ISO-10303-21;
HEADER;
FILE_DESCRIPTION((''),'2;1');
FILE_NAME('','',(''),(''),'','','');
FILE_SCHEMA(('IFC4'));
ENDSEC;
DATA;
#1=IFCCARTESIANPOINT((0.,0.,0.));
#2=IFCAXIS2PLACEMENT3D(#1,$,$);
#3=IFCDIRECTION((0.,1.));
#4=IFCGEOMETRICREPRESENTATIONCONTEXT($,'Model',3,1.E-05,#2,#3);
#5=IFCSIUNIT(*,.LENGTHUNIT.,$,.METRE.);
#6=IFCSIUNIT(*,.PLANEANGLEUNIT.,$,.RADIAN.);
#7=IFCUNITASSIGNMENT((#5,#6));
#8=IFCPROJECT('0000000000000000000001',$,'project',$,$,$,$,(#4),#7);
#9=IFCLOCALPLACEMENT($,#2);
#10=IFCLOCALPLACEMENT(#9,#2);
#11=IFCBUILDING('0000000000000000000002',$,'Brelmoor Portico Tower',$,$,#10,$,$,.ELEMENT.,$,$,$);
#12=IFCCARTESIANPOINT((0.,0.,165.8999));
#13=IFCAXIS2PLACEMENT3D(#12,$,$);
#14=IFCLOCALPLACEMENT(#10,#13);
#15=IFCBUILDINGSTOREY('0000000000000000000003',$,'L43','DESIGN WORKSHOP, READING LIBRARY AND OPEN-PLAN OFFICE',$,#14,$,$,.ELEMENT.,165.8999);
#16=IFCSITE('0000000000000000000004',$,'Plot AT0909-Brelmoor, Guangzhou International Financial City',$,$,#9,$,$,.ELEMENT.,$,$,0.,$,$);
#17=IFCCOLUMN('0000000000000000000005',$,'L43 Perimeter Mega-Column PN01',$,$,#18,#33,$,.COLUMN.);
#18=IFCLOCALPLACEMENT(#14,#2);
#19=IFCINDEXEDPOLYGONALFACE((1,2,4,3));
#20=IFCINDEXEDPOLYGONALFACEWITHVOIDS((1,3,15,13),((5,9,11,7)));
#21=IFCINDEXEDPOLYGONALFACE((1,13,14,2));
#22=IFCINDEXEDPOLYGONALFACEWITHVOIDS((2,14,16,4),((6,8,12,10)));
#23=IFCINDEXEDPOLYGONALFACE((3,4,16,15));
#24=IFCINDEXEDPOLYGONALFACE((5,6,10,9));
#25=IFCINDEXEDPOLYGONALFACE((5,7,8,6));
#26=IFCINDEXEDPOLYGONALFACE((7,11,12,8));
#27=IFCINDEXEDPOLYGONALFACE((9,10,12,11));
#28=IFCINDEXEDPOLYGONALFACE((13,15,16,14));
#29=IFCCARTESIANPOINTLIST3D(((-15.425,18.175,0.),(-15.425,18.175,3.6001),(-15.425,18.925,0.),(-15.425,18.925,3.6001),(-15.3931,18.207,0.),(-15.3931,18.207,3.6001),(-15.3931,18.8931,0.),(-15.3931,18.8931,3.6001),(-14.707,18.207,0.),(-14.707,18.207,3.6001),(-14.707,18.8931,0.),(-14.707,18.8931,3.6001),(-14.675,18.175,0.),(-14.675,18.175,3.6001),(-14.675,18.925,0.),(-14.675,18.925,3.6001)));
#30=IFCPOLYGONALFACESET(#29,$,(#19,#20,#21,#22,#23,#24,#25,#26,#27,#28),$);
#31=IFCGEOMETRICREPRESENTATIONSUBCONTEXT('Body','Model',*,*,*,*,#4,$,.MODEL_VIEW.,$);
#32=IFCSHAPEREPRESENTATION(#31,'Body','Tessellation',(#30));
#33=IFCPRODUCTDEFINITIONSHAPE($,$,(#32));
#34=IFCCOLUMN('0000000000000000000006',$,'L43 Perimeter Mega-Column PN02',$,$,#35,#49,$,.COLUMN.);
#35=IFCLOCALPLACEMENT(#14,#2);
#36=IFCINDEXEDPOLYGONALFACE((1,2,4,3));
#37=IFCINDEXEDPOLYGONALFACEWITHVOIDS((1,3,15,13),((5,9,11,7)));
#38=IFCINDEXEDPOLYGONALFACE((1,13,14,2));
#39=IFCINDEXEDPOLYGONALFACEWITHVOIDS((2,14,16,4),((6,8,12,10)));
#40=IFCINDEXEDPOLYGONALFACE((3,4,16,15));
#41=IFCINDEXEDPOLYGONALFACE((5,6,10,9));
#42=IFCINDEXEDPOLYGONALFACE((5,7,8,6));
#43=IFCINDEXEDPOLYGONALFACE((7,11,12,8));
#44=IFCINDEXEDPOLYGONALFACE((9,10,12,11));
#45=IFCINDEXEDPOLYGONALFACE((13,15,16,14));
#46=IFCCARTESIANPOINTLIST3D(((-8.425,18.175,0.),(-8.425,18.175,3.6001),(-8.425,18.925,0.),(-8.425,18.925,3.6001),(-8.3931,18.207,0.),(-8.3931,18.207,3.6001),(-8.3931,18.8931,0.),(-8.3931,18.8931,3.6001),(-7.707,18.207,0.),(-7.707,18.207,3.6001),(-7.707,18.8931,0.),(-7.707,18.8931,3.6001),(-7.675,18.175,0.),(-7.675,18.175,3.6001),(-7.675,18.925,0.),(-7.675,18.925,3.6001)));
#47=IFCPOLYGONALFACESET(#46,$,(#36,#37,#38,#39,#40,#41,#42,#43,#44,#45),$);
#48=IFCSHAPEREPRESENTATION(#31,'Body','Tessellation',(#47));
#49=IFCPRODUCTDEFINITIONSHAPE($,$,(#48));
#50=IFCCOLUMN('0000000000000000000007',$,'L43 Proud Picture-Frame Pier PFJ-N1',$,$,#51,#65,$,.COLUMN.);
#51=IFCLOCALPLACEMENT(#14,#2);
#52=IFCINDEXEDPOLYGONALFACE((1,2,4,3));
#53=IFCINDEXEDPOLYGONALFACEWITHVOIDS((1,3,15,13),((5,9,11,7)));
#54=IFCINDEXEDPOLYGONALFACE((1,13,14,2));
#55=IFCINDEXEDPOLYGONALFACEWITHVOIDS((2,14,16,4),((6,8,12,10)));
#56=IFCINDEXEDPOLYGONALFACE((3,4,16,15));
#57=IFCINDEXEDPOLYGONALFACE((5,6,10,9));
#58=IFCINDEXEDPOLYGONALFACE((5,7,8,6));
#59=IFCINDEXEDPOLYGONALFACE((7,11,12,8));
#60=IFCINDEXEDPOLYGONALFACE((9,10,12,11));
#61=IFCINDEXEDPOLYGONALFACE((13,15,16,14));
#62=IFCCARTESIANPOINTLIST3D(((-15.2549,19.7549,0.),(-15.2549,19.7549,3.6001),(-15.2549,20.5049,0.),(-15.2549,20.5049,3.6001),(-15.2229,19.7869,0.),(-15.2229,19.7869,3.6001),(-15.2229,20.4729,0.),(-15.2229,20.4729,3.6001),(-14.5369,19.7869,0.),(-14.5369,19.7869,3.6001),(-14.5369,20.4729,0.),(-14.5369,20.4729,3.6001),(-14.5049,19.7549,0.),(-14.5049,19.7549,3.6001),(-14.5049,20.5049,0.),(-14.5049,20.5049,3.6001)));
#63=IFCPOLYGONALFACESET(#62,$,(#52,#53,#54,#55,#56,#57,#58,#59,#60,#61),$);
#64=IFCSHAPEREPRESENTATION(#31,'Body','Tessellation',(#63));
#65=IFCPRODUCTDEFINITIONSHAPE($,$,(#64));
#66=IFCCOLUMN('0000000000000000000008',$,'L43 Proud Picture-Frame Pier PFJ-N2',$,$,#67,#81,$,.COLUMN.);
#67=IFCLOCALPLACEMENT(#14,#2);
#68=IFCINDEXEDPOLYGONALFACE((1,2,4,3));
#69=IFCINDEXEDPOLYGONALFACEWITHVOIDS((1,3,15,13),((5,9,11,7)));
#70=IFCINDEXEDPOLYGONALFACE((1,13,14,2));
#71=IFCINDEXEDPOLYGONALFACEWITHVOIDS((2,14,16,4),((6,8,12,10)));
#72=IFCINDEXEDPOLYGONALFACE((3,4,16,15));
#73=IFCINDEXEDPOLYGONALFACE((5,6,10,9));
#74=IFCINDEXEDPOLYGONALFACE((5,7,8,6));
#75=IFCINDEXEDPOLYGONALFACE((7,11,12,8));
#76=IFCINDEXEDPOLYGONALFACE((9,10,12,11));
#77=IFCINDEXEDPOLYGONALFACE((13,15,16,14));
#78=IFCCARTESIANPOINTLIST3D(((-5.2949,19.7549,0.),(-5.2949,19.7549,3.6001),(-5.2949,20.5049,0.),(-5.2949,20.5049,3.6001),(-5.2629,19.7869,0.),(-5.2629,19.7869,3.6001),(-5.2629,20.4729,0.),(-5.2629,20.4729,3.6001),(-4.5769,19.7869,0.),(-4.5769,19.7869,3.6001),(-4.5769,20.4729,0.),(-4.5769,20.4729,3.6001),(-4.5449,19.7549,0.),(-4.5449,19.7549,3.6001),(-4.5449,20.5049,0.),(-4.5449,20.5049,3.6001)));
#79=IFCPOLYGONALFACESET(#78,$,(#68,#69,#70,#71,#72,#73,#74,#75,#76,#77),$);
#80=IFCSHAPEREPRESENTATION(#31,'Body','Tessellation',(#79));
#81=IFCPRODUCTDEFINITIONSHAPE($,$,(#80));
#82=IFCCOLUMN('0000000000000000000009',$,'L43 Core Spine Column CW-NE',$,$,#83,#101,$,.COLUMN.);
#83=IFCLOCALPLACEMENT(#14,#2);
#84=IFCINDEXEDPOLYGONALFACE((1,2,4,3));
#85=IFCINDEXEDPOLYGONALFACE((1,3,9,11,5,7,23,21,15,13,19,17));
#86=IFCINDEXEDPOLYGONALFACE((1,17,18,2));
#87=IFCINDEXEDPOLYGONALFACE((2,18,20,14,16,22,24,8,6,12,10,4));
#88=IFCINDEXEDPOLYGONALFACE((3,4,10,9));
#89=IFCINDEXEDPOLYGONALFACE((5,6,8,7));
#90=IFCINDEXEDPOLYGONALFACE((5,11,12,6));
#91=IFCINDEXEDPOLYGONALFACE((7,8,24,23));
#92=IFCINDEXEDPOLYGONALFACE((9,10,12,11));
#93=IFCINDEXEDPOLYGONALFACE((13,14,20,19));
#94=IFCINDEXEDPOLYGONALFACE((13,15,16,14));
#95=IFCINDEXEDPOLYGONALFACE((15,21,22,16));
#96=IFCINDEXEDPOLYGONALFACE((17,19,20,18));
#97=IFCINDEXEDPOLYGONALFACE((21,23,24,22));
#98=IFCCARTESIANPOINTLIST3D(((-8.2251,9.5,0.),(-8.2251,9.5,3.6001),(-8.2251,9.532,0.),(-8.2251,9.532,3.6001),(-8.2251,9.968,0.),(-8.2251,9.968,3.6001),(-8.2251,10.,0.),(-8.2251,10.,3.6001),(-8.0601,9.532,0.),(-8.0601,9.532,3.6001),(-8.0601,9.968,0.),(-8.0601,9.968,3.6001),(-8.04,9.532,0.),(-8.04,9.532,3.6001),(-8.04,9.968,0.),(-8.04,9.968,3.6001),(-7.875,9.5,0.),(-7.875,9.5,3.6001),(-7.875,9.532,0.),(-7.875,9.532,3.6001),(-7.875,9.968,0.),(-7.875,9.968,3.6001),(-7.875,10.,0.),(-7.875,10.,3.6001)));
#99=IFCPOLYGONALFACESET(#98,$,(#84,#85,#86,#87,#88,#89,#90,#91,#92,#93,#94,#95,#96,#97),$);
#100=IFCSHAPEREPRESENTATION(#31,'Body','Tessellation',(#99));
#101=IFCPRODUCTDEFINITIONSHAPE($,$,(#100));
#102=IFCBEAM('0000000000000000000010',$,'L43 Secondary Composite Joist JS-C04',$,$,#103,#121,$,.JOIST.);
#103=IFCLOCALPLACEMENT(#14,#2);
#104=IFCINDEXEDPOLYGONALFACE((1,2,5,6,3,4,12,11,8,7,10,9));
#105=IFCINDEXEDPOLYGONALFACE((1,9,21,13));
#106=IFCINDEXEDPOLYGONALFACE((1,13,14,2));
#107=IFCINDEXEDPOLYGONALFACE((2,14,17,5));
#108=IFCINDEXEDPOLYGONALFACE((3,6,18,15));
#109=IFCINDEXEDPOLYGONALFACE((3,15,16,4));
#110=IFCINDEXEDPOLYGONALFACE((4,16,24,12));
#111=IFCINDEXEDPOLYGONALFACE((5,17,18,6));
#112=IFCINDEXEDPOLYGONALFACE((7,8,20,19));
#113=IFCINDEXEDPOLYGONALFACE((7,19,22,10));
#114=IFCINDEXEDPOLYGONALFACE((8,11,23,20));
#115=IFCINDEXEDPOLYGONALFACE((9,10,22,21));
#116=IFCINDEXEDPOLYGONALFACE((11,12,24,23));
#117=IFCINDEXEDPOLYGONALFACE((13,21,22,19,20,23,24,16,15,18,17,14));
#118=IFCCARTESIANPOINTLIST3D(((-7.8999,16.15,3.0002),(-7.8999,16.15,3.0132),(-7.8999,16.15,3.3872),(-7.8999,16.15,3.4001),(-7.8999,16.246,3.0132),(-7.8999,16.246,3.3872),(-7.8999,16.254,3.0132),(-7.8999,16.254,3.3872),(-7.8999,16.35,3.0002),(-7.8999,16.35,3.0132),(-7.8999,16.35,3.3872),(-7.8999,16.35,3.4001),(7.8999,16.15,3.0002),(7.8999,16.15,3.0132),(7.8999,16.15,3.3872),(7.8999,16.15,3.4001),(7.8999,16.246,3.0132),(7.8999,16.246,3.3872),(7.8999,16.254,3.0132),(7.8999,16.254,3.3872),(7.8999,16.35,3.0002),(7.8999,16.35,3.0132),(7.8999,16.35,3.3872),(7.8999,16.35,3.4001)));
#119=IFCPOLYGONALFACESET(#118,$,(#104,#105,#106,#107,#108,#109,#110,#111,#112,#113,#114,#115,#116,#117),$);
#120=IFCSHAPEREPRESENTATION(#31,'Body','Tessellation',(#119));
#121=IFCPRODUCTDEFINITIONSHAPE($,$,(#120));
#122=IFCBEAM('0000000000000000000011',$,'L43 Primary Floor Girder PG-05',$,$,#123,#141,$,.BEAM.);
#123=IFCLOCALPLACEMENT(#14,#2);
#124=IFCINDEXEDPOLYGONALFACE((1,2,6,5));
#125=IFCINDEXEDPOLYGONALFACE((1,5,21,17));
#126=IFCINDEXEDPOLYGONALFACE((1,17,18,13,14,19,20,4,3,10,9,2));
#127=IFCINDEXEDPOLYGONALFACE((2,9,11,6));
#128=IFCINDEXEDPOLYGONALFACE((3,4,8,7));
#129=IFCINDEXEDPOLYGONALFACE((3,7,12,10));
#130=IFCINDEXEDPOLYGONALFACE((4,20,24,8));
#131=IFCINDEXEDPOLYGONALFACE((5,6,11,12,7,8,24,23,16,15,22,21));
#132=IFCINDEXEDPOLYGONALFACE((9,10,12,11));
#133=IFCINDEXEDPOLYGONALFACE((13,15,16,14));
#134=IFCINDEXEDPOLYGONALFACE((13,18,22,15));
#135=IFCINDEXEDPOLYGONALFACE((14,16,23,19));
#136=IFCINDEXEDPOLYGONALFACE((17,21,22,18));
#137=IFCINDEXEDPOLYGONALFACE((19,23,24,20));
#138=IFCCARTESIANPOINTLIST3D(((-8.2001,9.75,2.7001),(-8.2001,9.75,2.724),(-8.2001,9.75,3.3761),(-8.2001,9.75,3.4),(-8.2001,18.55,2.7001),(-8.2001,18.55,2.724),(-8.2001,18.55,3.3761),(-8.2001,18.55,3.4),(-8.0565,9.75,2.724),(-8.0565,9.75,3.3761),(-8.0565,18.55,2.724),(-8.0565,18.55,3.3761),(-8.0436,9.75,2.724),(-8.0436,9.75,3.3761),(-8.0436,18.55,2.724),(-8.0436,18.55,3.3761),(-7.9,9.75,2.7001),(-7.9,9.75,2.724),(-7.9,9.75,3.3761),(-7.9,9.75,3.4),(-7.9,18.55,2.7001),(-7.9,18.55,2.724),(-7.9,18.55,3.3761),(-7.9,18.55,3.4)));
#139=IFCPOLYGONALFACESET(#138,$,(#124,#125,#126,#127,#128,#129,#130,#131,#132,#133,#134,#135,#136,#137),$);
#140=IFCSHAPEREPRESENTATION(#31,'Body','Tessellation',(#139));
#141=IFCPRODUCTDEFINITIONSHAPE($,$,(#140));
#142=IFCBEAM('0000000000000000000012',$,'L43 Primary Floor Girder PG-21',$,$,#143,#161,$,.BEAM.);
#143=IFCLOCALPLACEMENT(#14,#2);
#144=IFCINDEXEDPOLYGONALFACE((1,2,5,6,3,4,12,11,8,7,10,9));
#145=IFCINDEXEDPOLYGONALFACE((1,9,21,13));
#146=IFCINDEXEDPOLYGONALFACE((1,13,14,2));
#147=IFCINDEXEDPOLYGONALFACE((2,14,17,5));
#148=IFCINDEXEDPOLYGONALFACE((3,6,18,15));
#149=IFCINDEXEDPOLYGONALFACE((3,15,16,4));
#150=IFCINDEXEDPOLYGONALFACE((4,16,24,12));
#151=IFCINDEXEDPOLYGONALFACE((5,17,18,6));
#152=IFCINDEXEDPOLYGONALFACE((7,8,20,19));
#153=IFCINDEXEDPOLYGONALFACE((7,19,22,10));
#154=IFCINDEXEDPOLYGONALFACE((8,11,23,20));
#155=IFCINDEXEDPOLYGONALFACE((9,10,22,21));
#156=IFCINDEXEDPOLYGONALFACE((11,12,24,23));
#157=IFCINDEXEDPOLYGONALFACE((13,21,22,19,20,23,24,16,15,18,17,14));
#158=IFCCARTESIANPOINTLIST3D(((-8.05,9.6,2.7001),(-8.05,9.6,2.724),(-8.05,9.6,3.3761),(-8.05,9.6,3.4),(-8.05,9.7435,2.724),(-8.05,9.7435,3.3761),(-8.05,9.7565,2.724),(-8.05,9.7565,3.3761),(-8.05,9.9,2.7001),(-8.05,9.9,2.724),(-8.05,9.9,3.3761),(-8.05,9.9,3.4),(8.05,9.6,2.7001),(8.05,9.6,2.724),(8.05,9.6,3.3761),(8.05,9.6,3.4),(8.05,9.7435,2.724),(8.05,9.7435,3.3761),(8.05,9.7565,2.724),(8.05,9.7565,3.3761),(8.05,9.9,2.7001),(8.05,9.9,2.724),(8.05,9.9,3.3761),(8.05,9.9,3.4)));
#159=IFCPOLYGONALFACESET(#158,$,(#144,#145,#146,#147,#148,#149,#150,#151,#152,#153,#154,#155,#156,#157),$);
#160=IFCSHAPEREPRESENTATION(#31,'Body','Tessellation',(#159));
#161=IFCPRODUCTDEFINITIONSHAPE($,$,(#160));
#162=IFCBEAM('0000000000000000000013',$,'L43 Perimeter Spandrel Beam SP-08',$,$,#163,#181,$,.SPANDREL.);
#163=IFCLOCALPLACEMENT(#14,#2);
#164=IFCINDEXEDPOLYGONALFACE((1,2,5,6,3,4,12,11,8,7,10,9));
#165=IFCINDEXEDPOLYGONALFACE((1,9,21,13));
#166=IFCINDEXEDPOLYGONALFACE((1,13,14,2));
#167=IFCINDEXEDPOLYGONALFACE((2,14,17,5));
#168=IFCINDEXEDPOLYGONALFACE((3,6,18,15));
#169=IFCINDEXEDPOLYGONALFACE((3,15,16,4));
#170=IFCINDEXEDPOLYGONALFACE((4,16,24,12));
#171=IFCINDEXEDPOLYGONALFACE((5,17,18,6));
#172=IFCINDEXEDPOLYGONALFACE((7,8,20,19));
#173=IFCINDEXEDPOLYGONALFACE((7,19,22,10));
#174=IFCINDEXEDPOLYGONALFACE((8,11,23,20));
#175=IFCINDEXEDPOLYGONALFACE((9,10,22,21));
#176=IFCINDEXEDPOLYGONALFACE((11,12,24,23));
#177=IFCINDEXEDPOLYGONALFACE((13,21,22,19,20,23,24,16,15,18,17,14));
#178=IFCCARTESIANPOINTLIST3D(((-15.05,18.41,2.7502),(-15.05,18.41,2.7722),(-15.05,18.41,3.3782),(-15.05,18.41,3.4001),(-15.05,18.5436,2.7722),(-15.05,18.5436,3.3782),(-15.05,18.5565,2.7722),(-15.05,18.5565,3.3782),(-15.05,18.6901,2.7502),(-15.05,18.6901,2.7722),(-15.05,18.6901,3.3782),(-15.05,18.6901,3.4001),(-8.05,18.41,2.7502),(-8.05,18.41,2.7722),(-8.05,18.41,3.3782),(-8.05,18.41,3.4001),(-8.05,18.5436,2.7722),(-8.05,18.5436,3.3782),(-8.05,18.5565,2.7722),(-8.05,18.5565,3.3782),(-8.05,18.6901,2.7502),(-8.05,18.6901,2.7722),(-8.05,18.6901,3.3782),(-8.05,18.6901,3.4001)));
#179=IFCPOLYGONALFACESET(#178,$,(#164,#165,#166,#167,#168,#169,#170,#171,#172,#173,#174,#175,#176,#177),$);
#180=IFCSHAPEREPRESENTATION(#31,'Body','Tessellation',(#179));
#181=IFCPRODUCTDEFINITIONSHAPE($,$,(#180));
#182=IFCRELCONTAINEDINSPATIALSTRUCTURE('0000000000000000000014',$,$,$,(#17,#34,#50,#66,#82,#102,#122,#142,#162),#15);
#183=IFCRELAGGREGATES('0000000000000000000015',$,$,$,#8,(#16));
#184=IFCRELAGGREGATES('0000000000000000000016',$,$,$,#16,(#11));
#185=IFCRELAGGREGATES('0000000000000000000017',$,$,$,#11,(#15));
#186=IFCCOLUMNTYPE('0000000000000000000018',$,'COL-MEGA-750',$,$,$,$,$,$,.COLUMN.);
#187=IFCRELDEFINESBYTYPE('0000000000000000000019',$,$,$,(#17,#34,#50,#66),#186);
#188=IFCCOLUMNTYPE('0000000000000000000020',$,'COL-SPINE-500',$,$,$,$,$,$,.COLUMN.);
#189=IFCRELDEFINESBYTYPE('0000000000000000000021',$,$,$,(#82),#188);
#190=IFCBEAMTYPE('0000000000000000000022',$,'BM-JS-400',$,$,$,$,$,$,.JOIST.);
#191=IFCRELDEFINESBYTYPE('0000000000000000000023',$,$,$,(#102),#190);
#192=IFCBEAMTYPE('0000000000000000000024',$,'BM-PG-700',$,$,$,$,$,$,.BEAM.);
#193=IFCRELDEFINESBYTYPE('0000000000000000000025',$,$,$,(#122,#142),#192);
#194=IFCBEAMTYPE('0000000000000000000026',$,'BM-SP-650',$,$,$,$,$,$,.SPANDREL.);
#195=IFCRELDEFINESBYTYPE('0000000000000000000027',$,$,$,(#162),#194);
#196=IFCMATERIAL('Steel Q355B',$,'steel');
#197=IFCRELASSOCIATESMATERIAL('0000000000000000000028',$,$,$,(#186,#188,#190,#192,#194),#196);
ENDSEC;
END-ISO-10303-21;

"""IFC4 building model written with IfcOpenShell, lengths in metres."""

from ifc_helpers import new_model, si_unit, direction, frame, origin, origin_2d, place, context, subcontext, project, spatial, hollow_rectangle, i_section, extrude, material, material_profile, profile_set, type_object, element, save


model = new_model("IFC4")

# Units and contexts
model_context = context("Model", 3, precision=1e-05, world=origin(), true_north=direction((0.0, 1.0)))
body_context = subcontext(model_context, "Body", "Model", "MODEL_VIEW")
ifc_project = project(units=[si_unit("LENGTHUNIT", "METRE"), si_unit("PLANEANGLEUNIT", "RADIAN")], contexts=[model_context])

# Site, building, storey
site_placement = place(None, origin())
site = spatial("IfcSite", under=ifc_project, at=site_placement, Name="Plot AT0909-Brelmoor, Guangzhou International Financial City", CompositionType="ELEMENT", RefElevation=0.0)
building_placement = place(site_placement, origin())
building = spatial("IfcBuilding", under=site, at=building_placement, Name="Brelmoor Portico Tower", CompositionType="ELEMENT")
storey_placement = place(building_placement, frame((0.0, 0.0, 165.8999)))
storey = spatial("IfcBuildingStorey", under=building, at=storey_placement, Name="L43", Description="DESIGN WORKSHOP, READING LIBRARY AND OPEN-PLAN OFFICE", CompositionType="ELEMENT", Elevation=165.8999)

# Columns
ifc_material_1 = material(Name="Steel Q355B", Category="steel")
ifc_material_profile_1 = material_profile(ifc_material_1, hollow_rectangle(XDim=0.75, YDim=0.75, WallThickness=0.032, at=origin_2d()), Name="BOX 750x750x32")
ifc_profile_set_1 = profile_set([ifc_material_profile_1], Name="Steel Q355B")
column_type_1 = type_object("IfcColumnType", Name="COL-MEGA-750", PredefinedType="COLUMN", material=ifc_profile_set_1)
for number, where, z_axis, x_axis, name in (
    (1, (-15.05, 18.55, 0.0), (0.0, 0.0, 1.0), (1.0, 0.0, 0.0), "L43 Perimeter Mega-Column PN01"),
    (2, (-8.05, 18.55, 0.0), (0.0, 0.0, 1.0), (1.0, 0.0, 0.0), "L43 Perimeter Mega-Column PN02"),
    (3, (-14.8799, 20.1299, 0.0), (0.0, 0.0, 1.0), (1.0, 0.0, 0.0), "L43 Proud Picture-Frame Pier PFJ-N1"),
    (4, (-4.9199, 20.1299, 0.0), (0.0, 0.0, 1.0), (1.0, 0.0, 0.0), "L43 Proud Picture-Frame Pier PFJ-N2"),
):
    element("IfcColumn", number, at=place(storey_placement, frame(where, z_axis=z_axis, x_axis=x_axis)), inside=storey, type_object=column_type_1, Name=name, PredefinedType="COLUMN", context=body_context, shape_type="SweptSolid", body=[
        extrude(hollow_rectangle(XDim=0.75, YDim=0.75, WallThickness=0.032, at=origin_2d()), origin(), (0.0, 0.0, 1.0), 3.6001),
    ])
ifc_material_profile_2 = material_profile(ifc_material_1, i_section(OverallWidth=0.3501, OverallDepth=0.5, WebThickness=0.02, FlangeThickness=0.032, at=origin_2d()), Name="HW 500x350x20x32")
ifc_profile_set_2 = profile_set([ifc_material_profile_2], Name="Steel Q355B")
column_type_2 = type_object("IfcColumnType", Name="COL-SPINE-500", PredefinedType="COLUMN", material=ifc_profile_set_2)
column_placement = place(storey_placement, frame((-8.05, 9.75, 0.0), z_axis=(0.0, 0.0, 1.0), x_axis=(1.0, 0.0, 0.0)))
element("IfcColumn", 5, at=column_placement, inside=storey, type_object=column_type_2, Name="L43 Core Spine Column CW-NE", PredefinedType="COLUMN", context=body_context, shape_type="SweptSolid", body=[
    extrude(i_section(OverallWidth=0.3501, OverallDepth=0.5, WebThickness=0.02, FlangeThickness=0.032, at=origin_2d()), origin(), (0.0, 0.0, 1.0), 3.6001),
])

# Beams
ifc_material_profile_3 = material_profile(ifc_material_1, i_section(OverallWidth=0.2, OverallDepth=0.3999, WebThickness=0.0081, FlangeThickness=0.0129, at=origin_2d()), Name="HN 400x200x8x13")
ifc_profile_set_3 = profile_set([ifc_material_profile_3], Name="Steel Q355B")
beam_type_1 = type_object("IfcBeamType", Name="BM-JS-400", PredefinedType="JOIST", material=ifc_profile_set_3)
beam_1_placement = place(storey_placement, frame((-7.8999, 16.25, 3.2002), z_axis=(1.0, 0.0, 0.0), x_axis=(0.0, 1.0, 0.0)))
element("IfcBeam", 6, at=beam_1_placement, inside=storey, type_object=beam_type_1, Name="L43 Secondary Composite Joist JS-C04", PredefinedType="JOIST", context=body_context, shape_type="SweptSolid", body=[
    extrude(i_section(OverallWidth=0.2, OverallDepth=0.3999, WebThickness=0.0081, FlangeThickness=0.0129, at=origin_2d()), origin(), (0.0, 0.0, 1.0), 15.7998),
])
ifc_material_profile_4 = material_profile(ifc_material_1, i_section(OverallWidth=0.3, OverallDepth=0.7, WebThickness=0.0129, FlangeThickness=0.0239, at=origin_2d()), Name="HN 700x300x13x24")
ifc_profile_set_4 = profile_set([ifc_material_profile_4], Name="Steel Q355B")
beam_type_2 = type_object("IfcBeamType", Name="BM-PG-700", PredefinedType="BEAM", material=ifc_profile_set_4)
beam_2_placement = place(storey_placement, frame((-8.05, 9.75, 3.05), z_axis=(0.0, 1.0, 0.0), x_axis=(-1.0, 0.0, 0.0)))
element("IfcBeam", 7, at=beam_2_placement, inside=storey, type_object=beam_type_2, Name="L43 Primary Floor Girder PG-05", PredefinedType="BEAM", context=body_context, shape_type="SweptSolid", body=[
    extrude(i_section(OverallWidth=0.3, OverallDepth=0.7, WebThickness=0.0129, FlangeThickness=0.0239, at=origin_2d()), origin(), (0.0, 0.0, 1.0), 8.8),
])
beam_3_placement = place(storey_placement, frame((-8.05, 9.75, 3.05), z_axis=(1.0, 0.0, 0.0), x_axis=(0.0, 1.0, 0.0)))
element("IfcBeam", 8, at=beam_3_placement, inside=storey, type_object=beam_type_2, Name="L43 Primary Floor Girder PG-21", PredefinedType="BEAM", context=body_context, shape_type="SweptSolid", body=[
    extrude(i_section(OverallWidth=0.3, OverallDepth=0.7, WebThickness=0.0129, FlangeThickness=0.0239, at=origin_2d()), origin(), (0.0, 0.0, 1.0), 16.1001),
])
ifc_material_profile_5 = material_profile(ifc_material_1, i_section(OverallWidth=0.28, OverallDepth=0.6499, WebThickness=0.0129, FlangeThickness=0.022, at=origin_2d()), Name="HN 650x280x13x22")
ifc_profile_set_5 = profile_set([ifc_material_profile_5], Name="Steel Q355B")
beam_type_3 = type_object("IfcBeamType", Name="BM-SP-650", PredefinedType="SPANDREL", material=ifc_profile_set_5)
beam_4_placement = place(storey_placement, frame((-15.05, 18.55, 3.0752), z_axis=(1.0, 0.0, 0.0), x_axis=(0.0, 1.0, 0.0)))
element("IfcBeam", 9, at=beam_4_placement, inside=storey, type_object=beam_type_3, Name="L43 Perimeter Spandrel Beam SP-08", PredefinedType="SPANDREL", context=body_context, shape_type="SweptSolid", body=[
    extrude(i_section(OverallWidth=0.28, OverallDepth=0.6499, WebThickness=0.0129, FlangeThickness=0.022, at=origin_2d()), origin(), (0.0, 0.0, 1.0), 7.0),
])

save(model, "model.ifc")
